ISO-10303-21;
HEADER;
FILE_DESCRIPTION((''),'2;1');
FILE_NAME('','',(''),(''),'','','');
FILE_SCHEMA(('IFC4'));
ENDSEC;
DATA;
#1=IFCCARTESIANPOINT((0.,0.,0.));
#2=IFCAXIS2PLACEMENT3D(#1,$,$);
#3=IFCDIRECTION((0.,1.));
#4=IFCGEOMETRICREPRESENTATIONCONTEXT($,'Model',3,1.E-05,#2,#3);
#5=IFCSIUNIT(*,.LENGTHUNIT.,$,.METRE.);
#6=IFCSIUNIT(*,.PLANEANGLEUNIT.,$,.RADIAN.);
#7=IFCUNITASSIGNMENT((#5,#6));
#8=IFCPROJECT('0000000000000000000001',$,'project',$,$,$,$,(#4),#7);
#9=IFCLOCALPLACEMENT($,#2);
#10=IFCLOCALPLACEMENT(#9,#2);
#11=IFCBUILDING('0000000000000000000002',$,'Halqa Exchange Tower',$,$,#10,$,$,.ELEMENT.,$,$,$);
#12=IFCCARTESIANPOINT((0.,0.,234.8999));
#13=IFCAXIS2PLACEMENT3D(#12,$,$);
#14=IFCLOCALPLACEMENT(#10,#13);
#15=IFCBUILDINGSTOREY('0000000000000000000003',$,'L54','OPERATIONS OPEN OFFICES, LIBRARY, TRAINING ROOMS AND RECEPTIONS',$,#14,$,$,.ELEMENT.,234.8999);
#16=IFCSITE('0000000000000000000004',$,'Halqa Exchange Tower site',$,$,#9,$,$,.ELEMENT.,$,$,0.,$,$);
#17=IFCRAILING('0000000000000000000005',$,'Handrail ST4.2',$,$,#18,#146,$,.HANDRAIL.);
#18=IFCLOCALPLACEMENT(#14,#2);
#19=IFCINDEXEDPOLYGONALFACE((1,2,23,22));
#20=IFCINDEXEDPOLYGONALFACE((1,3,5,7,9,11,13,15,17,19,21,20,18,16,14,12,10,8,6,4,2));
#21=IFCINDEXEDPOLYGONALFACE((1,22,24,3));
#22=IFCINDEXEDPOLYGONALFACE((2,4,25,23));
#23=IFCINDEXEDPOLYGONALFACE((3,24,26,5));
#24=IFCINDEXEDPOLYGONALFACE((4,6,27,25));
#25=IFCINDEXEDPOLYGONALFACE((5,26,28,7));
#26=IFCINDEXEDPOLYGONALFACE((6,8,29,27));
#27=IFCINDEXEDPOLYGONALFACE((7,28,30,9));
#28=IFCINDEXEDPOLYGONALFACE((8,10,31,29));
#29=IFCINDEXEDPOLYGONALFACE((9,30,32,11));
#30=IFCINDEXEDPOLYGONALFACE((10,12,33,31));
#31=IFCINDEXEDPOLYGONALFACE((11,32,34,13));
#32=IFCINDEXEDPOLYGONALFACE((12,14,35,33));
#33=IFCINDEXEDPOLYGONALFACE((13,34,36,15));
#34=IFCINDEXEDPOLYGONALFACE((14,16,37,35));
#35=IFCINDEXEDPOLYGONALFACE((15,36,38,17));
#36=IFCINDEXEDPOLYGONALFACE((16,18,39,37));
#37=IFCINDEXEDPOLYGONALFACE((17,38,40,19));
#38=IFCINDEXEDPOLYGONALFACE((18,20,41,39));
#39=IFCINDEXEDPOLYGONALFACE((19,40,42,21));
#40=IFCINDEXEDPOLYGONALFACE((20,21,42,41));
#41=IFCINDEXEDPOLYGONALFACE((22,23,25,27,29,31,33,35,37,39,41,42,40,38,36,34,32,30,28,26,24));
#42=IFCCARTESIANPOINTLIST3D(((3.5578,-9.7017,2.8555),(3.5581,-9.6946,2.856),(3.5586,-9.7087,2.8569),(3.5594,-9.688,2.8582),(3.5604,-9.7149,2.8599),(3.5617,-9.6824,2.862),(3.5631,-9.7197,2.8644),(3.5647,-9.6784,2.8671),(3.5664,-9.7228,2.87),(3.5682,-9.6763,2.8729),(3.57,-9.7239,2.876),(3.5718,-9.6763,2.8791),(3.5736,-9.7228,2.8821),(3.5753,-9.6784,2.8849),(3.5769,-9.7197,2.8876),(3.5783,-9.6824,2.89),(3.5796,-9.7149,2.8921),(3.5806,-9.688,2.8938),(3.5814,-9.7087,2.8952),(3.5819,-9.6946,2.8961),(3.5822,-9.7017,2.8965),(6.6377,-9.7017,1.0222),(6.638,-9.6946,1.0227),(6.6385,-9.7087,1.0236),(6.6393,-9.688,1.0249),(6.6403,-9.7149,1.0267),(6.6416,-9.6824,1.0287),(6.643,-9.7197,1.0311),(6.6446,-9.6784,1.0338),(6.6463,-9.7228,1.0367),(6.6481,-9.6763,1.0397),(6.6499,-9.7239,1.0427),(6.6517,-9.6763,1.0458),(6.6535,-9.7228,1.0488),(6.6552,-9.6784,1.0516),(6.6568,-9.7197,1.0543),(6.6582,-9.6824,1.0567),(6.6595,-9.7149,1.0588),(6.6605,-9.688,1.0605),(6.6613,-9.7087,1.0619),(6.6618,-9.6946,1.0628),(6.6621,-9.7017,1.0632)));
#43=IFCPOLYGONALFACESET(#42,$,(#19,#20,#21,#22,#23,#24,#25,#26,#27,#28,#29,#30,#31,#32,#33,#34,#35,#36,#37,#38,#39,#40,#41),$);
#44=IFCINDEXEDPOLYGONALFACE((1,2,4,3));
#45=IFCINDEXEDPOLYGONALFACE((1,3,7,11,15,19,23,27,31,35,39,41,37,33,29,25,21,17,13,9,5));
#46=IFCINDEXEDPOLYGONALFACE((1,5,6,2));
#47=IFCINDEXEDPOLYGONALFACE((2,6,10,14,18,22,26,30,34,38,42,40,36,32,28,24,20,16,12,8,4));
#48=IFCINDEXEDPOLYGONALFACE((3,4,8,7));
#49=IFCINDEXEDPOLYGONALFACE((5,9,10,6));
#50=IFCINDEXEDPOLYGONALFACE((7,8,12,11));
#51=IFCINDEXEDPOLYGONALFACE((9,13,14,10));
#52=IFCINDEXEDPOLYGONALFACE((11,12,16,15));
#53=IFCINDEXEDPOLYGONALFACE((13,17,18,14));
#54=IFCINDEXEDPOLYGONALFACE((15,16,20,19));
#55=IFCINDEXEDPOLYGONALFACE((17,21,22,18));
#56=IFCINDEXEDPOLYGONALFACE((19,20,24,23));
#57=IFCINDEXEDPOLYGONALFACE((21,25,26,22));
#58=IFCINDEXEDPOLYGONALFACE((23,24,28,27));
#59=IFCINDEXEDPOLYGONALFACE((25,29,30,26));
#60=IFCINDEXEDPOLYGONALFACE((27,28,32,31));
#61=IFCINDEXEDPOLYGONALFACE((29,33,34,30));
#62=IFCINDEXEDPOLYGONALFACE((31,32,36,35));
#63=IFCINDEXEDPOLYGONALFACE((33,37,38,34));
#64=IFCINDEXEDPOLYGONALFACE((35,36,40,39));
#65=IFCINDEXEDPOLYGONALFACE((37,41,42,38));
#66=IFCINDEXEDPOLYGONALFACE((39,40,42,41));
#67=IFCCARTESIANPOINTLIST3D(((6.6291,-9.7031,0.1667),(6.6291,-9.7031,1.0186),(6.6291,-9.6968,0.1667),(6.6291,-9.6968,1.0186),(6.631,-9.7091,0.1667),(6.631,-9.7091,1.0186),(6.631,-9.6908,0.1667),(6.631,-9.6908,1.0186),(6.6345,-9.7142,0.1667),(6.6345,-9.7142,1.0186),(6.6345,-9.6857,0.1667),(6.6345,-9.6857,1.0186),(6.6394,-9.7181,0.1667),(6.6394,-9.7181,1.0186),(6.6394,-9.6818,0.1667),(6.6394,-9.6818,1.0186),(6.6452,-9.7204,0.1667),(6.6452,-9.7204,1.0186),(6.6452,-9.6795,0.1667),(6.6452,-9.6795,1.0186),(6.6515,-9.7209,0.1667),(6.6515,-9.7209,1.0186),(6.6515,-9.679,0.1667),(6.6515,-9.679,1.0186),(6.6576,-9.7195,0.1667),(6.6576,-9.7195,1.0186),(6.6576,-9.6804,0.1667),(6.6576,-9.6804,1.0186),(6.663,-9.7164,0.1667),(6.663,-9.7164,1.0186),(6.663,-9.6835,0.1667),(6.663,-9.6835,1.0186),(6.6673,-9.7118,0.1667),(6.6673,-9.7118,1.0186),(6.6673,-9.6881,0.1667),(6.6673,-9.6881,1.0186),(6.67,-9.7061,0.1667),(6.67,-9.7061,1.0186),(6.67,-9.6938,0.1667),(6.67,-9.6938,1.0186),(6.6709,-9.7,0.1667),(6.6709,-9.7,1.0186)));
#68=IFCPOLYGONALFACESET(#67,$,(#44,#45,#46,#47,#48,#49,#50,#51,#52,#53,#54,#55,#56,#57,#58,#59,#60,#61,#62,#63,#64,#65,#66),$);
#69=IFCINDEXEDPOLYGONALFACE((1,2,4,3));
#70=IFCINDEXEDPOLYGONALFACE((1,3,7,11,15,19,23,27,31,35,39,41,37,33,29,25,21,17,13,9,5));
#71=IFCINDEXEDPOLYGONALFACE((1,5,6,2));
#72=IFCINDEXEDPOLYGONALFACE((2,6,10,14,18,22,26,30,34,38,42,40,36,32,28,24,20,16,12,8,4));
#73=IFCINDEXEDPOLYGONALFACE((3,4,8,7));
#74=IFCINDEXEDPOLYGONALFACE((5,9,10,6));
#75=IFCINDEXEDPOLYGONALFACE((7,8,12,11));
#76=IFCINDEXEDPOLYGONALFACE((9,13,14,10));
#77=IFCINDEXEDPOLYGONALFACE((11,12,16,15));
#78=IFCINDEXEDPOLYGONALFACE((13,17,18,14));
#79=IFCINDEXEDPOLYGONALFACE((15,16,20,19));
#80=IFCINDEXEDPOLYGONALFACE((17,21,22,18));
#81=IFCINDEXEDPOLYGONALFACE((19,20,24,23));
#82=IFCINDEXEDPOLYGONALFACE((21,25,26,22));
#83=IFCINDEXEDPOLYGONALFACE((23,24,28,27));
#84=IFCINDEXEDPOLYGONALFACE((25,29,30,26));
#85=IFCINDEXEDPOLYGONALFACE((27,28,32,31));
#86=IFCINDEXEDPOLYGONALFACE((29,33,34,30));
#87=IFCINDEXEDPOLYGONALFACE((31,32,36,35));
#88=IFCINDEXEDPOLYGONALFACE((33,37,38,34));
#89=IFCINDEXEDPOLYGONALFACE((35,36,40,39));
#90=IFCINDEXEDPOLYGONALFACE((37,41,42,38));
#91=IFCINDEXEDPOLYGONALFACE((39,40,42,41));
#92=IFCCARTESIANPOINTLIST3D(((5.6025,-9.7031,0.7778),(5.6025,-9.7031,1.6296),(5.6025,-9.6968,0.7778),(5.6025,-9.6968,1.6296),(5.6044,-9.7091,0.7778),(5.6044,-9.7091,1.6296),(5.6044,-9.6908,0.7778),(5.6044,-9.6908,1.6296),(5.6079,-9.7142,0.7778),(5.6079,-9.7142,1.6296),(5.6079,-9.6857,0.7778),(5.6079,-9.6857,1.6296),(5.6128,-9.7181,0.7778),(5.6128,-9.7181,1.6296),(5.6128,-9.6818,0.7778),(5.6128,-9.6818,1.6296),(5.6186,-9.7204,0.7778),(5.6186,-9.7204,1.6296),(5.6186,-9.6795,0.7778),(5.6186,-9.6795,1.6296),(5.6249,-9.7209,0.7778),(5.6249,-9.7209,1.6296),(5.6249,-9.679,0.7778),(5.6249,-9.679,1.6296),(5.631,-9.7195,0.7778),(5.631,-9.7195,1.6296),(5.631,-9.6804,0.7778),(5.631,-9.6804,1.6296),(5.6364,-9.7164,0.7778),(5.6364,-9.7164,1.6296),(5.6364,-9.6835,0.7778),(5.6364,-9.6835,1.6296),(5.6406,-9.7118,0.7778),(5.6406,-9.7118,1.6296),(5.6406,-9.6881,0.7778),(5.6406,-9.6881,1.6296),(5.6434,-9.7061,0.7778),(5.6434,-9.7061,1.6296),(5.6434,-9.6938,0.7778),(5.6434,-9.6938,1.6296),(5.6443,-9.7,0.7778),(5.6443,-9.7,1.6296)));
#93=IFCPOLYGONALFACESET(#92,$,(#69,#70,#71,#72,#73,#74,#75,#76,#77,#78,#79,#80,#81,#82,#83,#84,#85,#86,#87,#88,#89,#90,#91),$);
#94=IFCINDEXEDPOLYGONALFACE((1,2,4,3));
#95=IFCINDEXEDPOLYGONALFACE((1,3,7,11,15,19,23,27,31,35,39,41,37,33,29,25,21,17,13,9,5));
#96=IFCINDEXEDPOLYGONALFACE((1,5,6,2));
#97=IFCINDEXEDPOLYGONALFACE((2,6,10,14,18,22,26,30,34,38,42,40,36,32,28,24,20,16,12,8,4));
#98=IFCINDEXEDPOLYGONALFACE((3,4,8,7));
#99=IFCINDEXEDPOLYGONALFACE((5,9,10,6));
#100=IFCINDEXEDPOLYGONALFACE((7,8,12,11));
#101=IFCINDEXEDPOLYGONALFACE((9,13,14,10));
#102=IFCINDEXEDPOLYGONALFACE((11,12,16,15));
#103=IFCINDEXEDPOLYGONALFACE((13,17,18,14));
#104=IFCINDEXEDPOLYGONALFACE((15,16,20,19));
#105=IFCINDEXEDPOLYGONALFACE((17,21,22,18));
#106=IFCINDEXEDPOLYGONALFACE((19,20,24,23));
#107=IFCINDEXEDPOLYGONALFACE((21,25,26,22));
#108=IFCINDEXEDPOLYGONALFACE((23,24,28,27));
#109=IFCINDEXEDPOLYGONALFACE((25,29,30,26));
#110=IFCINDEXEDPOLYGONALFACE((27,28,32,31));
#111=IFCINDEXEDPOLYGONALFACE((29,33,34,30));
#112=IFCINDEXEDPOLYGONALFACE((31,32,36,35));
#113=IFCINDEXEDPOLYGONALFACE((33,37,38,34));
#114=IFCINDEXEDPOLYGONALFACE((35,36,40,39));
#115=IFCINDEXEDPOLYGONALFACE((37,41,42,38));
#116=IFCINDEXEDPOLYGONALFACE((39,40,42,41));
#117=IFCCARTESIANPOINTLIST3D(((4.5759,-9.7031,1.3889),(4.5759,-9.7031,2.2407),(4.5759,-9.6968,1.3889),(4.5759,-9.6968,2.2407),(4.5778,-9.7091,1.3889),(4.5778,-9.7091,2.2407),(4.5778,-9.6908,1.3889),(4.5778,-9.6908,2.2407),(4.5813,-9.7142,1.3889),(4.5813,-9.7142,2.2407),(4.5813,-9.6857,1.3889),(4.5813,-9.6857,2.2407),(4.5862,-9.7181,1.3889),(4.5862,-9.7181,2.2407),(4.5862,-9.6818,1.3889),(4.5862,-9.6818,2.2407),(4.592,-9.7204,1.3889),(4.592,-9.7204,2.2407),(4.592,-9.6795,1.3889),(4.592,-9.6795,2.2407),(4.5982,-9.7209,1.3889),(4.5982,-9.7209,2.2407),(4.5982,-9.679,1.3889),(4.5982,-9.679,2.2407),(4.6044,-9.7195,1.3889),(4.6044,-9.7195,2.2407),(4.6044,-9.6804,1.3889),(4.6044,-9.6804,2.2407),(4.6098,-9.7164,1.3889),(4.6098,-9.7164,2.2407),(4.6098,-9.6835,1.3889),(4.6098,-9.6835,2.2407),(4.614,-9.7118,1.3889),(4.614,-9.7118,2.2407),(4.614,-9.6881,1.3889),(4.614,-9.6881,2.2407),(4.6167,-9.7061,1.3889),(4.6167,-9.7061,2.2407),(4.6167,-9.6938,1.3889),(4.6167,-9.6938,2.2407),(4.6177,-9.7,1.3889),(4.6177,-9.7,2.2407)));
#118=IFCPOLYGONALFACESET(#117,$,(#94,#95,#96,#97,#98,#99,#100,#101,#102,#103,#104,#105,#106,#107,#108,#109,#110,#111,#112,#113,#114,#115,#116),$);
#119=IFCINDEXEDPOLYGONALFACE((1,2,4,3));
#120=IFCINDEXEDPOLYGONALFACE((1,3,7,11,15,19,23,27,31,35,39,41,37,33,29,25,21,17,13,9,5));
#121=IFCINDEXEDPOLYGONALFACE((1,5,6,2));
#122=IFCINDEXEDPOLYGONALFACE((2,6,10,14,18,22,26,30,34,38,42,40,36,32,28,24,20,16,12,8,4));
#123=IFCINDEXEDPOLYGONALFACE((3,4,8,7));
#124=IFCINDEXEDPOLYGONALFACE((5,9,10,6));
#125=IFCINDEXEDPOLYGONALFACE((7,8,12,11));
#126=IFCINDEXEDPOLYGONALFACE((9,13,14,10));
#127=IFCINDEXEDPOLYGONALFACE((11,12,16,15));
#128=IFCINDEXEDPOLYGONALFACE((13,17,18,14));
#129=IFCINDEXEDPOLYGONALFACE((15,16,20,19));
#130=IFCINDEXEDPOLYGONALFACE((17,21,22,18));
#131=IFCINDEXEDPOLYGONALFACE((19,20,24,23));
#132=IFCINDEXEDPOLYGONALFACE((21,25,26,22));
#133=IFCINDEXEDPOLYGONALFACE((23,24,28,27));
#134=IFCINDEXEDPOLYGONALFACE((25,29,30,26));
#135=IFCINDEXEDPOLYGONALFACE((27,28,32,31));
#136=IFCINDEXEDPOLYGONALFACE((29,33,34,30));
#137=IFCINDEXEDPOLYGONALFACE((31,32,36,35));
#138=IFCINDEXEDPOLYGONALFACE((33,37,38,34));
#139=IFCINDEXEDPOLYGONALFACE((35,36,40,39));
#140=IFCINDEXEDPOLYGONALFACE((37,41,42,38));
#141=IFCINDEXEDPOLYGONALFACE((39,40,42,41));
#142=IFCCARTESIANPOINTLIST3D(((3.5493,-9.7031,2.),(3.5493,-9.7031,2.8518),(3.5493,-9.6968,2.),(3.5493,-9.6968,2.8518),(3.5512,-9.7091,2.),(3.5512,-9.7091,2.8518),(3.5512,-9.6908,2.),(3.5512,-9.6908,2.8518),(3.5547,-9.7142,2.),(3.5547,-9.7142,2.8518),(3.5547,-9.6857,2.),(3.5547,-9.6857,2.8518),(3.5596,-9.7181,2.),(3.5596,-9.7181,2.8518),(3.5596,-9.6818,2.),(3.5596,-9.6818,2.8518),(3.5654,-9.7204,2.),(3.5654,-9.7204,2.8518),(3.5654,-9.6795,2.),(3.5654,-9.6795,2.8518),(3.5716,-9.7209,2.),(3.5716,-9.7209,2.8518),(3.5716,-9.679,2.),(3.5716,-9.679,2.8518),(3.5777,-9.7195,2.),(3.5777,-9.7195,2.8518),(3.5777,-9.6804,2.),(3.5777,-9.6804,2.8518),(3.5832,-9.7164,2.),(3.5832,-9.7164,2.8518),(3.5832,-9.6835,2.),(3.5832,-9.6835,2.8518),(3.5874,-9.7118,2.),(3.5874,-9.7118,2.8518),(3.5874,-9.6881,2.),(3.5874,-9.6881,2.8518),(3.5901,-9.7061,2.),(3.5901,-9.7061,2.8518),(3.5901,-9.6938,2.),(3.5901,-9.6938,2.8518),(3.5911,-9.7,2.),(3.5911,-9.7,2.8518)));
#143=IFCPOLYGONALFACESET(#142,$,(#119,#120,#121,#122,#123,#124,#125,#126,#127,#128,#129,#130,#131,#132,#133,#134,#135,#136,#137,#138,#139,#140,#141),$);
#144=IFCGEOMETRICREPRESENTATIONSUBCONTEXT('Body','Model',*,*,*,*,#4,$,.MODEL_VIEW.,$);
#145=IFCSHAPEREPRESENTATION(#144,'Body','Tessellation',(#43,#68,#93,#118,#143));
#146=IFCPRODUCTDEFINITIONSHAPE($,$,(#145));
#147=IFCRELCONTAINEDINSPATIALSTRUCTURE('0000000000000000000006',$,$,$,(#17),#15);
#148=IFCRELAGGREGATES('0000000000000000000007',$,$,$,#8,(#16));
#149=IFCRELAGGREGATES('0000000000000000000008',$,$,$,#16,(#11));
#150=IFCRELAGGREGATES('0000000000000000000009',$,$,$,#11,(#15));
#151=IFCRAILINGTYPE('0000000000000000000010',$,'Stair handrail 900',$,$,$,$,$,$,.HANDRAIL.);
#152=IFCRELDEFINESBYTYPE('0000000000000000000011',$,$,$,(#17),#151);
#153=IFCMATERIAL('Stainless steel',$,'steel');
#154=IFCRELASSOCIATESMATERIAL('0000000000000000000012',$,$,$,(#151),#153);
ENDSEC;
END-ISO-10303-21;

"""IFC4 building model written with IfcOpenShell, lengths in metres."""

from ifc_helpers import new_model, si_unit, direction, frame, origin, origin_2d, place, context, subcontext, project, spatial, circle, extrude, material, type_object, element, save


model = new_model("IFC4")

# Units and contexts
model_context = context("Model", 3, precision=1e-05, world=origin(), true_north=direction((0.0, 1.0)))
body_context = subcontext(model_context, "Body", "Model", "MODEL_VIEW")
ifc_project = project(units=[si_unit("LENGTHUNIT", "METRE"), si_unit("PLANEANGLEUNIT", "RADIAN")], contexts=[model_context])

# Site, building, storey
site_placement = place(None, origin())
site = spatial("IfcSite", under=ifc_project, at=site_placement, Name="Halqa Exchange Tower site", CompositionType="ELEMENT", RefElevation=0.0)
building_placement = place(site_placement, origin())
building = spatial("IfcBuilding", under=site, at=building_placement, Name="Halqa Exchange Tower", CompositionType="ELEMENT")
storey_placement = place(building_placement, frame((0.0, 0.0, 234.8999)))
storey = spatial("IfcBuildingStorey", under=building, at=storey_placement, Name="L54", Description="OPERATIONS OPEN OFFICES, LIBRARY, TRAINING ROOMS AND RECEPTIONS", CompositionType="ELEMENT", Elevation=234.8999)

# Railing
ifc_material_1 = material(Name="Stainless steel", Category="steel")
railing_type_1 = type_object("IfcRailingType", Name="Stair handrail 900", PredefinedType="HANDRAIL", material=ifc_material_1)
railing_1_placement = place(storey_placement, frame((6.6499, -9.7, 0.1667)))
element("IfcRailing", 1, at=railing_1_placement, inside=storey, type_object=railing_type_1, Name="Handrail ST4.2", PredefinedType="HANDRAIL", context=body_context, shape_type="SweptSolid", body=[
    extrude(circle(Radius=0.0239, at=origin_2d()), frame((0.0, 0.0, 0.876), z_axis=(-0.859291, 0.0, 0.511487), x_axis=(0.0, -1.0, 0.0)), (0.0, 0.0, 1.0), 3.5842),
    extrude(circle(Radius=0.021, at=origin_2d()), origin(), (0.0, 0.0, 1.0), 0.8518),
    extrude(circle(Radius=0.021, at=origin_2d()), frame((-1.0266, 0.0, 0.6111)), (0.0, 0.0, 1.0), 0.8518),
    extrude(circle(Radius=0.021, at=origin_2d()), frame((-2.0532, 0.0, 1.2222)), (0.0, 0.0, 1.0), 0.8518),
    extrude(circle(Radius=0.021, at=origin_2d()), frame((-3.0798, 0.0, 1.8333)), (0.0, 0.0, 1.0), 0.8518),
])

save(model, "model.ifc")
